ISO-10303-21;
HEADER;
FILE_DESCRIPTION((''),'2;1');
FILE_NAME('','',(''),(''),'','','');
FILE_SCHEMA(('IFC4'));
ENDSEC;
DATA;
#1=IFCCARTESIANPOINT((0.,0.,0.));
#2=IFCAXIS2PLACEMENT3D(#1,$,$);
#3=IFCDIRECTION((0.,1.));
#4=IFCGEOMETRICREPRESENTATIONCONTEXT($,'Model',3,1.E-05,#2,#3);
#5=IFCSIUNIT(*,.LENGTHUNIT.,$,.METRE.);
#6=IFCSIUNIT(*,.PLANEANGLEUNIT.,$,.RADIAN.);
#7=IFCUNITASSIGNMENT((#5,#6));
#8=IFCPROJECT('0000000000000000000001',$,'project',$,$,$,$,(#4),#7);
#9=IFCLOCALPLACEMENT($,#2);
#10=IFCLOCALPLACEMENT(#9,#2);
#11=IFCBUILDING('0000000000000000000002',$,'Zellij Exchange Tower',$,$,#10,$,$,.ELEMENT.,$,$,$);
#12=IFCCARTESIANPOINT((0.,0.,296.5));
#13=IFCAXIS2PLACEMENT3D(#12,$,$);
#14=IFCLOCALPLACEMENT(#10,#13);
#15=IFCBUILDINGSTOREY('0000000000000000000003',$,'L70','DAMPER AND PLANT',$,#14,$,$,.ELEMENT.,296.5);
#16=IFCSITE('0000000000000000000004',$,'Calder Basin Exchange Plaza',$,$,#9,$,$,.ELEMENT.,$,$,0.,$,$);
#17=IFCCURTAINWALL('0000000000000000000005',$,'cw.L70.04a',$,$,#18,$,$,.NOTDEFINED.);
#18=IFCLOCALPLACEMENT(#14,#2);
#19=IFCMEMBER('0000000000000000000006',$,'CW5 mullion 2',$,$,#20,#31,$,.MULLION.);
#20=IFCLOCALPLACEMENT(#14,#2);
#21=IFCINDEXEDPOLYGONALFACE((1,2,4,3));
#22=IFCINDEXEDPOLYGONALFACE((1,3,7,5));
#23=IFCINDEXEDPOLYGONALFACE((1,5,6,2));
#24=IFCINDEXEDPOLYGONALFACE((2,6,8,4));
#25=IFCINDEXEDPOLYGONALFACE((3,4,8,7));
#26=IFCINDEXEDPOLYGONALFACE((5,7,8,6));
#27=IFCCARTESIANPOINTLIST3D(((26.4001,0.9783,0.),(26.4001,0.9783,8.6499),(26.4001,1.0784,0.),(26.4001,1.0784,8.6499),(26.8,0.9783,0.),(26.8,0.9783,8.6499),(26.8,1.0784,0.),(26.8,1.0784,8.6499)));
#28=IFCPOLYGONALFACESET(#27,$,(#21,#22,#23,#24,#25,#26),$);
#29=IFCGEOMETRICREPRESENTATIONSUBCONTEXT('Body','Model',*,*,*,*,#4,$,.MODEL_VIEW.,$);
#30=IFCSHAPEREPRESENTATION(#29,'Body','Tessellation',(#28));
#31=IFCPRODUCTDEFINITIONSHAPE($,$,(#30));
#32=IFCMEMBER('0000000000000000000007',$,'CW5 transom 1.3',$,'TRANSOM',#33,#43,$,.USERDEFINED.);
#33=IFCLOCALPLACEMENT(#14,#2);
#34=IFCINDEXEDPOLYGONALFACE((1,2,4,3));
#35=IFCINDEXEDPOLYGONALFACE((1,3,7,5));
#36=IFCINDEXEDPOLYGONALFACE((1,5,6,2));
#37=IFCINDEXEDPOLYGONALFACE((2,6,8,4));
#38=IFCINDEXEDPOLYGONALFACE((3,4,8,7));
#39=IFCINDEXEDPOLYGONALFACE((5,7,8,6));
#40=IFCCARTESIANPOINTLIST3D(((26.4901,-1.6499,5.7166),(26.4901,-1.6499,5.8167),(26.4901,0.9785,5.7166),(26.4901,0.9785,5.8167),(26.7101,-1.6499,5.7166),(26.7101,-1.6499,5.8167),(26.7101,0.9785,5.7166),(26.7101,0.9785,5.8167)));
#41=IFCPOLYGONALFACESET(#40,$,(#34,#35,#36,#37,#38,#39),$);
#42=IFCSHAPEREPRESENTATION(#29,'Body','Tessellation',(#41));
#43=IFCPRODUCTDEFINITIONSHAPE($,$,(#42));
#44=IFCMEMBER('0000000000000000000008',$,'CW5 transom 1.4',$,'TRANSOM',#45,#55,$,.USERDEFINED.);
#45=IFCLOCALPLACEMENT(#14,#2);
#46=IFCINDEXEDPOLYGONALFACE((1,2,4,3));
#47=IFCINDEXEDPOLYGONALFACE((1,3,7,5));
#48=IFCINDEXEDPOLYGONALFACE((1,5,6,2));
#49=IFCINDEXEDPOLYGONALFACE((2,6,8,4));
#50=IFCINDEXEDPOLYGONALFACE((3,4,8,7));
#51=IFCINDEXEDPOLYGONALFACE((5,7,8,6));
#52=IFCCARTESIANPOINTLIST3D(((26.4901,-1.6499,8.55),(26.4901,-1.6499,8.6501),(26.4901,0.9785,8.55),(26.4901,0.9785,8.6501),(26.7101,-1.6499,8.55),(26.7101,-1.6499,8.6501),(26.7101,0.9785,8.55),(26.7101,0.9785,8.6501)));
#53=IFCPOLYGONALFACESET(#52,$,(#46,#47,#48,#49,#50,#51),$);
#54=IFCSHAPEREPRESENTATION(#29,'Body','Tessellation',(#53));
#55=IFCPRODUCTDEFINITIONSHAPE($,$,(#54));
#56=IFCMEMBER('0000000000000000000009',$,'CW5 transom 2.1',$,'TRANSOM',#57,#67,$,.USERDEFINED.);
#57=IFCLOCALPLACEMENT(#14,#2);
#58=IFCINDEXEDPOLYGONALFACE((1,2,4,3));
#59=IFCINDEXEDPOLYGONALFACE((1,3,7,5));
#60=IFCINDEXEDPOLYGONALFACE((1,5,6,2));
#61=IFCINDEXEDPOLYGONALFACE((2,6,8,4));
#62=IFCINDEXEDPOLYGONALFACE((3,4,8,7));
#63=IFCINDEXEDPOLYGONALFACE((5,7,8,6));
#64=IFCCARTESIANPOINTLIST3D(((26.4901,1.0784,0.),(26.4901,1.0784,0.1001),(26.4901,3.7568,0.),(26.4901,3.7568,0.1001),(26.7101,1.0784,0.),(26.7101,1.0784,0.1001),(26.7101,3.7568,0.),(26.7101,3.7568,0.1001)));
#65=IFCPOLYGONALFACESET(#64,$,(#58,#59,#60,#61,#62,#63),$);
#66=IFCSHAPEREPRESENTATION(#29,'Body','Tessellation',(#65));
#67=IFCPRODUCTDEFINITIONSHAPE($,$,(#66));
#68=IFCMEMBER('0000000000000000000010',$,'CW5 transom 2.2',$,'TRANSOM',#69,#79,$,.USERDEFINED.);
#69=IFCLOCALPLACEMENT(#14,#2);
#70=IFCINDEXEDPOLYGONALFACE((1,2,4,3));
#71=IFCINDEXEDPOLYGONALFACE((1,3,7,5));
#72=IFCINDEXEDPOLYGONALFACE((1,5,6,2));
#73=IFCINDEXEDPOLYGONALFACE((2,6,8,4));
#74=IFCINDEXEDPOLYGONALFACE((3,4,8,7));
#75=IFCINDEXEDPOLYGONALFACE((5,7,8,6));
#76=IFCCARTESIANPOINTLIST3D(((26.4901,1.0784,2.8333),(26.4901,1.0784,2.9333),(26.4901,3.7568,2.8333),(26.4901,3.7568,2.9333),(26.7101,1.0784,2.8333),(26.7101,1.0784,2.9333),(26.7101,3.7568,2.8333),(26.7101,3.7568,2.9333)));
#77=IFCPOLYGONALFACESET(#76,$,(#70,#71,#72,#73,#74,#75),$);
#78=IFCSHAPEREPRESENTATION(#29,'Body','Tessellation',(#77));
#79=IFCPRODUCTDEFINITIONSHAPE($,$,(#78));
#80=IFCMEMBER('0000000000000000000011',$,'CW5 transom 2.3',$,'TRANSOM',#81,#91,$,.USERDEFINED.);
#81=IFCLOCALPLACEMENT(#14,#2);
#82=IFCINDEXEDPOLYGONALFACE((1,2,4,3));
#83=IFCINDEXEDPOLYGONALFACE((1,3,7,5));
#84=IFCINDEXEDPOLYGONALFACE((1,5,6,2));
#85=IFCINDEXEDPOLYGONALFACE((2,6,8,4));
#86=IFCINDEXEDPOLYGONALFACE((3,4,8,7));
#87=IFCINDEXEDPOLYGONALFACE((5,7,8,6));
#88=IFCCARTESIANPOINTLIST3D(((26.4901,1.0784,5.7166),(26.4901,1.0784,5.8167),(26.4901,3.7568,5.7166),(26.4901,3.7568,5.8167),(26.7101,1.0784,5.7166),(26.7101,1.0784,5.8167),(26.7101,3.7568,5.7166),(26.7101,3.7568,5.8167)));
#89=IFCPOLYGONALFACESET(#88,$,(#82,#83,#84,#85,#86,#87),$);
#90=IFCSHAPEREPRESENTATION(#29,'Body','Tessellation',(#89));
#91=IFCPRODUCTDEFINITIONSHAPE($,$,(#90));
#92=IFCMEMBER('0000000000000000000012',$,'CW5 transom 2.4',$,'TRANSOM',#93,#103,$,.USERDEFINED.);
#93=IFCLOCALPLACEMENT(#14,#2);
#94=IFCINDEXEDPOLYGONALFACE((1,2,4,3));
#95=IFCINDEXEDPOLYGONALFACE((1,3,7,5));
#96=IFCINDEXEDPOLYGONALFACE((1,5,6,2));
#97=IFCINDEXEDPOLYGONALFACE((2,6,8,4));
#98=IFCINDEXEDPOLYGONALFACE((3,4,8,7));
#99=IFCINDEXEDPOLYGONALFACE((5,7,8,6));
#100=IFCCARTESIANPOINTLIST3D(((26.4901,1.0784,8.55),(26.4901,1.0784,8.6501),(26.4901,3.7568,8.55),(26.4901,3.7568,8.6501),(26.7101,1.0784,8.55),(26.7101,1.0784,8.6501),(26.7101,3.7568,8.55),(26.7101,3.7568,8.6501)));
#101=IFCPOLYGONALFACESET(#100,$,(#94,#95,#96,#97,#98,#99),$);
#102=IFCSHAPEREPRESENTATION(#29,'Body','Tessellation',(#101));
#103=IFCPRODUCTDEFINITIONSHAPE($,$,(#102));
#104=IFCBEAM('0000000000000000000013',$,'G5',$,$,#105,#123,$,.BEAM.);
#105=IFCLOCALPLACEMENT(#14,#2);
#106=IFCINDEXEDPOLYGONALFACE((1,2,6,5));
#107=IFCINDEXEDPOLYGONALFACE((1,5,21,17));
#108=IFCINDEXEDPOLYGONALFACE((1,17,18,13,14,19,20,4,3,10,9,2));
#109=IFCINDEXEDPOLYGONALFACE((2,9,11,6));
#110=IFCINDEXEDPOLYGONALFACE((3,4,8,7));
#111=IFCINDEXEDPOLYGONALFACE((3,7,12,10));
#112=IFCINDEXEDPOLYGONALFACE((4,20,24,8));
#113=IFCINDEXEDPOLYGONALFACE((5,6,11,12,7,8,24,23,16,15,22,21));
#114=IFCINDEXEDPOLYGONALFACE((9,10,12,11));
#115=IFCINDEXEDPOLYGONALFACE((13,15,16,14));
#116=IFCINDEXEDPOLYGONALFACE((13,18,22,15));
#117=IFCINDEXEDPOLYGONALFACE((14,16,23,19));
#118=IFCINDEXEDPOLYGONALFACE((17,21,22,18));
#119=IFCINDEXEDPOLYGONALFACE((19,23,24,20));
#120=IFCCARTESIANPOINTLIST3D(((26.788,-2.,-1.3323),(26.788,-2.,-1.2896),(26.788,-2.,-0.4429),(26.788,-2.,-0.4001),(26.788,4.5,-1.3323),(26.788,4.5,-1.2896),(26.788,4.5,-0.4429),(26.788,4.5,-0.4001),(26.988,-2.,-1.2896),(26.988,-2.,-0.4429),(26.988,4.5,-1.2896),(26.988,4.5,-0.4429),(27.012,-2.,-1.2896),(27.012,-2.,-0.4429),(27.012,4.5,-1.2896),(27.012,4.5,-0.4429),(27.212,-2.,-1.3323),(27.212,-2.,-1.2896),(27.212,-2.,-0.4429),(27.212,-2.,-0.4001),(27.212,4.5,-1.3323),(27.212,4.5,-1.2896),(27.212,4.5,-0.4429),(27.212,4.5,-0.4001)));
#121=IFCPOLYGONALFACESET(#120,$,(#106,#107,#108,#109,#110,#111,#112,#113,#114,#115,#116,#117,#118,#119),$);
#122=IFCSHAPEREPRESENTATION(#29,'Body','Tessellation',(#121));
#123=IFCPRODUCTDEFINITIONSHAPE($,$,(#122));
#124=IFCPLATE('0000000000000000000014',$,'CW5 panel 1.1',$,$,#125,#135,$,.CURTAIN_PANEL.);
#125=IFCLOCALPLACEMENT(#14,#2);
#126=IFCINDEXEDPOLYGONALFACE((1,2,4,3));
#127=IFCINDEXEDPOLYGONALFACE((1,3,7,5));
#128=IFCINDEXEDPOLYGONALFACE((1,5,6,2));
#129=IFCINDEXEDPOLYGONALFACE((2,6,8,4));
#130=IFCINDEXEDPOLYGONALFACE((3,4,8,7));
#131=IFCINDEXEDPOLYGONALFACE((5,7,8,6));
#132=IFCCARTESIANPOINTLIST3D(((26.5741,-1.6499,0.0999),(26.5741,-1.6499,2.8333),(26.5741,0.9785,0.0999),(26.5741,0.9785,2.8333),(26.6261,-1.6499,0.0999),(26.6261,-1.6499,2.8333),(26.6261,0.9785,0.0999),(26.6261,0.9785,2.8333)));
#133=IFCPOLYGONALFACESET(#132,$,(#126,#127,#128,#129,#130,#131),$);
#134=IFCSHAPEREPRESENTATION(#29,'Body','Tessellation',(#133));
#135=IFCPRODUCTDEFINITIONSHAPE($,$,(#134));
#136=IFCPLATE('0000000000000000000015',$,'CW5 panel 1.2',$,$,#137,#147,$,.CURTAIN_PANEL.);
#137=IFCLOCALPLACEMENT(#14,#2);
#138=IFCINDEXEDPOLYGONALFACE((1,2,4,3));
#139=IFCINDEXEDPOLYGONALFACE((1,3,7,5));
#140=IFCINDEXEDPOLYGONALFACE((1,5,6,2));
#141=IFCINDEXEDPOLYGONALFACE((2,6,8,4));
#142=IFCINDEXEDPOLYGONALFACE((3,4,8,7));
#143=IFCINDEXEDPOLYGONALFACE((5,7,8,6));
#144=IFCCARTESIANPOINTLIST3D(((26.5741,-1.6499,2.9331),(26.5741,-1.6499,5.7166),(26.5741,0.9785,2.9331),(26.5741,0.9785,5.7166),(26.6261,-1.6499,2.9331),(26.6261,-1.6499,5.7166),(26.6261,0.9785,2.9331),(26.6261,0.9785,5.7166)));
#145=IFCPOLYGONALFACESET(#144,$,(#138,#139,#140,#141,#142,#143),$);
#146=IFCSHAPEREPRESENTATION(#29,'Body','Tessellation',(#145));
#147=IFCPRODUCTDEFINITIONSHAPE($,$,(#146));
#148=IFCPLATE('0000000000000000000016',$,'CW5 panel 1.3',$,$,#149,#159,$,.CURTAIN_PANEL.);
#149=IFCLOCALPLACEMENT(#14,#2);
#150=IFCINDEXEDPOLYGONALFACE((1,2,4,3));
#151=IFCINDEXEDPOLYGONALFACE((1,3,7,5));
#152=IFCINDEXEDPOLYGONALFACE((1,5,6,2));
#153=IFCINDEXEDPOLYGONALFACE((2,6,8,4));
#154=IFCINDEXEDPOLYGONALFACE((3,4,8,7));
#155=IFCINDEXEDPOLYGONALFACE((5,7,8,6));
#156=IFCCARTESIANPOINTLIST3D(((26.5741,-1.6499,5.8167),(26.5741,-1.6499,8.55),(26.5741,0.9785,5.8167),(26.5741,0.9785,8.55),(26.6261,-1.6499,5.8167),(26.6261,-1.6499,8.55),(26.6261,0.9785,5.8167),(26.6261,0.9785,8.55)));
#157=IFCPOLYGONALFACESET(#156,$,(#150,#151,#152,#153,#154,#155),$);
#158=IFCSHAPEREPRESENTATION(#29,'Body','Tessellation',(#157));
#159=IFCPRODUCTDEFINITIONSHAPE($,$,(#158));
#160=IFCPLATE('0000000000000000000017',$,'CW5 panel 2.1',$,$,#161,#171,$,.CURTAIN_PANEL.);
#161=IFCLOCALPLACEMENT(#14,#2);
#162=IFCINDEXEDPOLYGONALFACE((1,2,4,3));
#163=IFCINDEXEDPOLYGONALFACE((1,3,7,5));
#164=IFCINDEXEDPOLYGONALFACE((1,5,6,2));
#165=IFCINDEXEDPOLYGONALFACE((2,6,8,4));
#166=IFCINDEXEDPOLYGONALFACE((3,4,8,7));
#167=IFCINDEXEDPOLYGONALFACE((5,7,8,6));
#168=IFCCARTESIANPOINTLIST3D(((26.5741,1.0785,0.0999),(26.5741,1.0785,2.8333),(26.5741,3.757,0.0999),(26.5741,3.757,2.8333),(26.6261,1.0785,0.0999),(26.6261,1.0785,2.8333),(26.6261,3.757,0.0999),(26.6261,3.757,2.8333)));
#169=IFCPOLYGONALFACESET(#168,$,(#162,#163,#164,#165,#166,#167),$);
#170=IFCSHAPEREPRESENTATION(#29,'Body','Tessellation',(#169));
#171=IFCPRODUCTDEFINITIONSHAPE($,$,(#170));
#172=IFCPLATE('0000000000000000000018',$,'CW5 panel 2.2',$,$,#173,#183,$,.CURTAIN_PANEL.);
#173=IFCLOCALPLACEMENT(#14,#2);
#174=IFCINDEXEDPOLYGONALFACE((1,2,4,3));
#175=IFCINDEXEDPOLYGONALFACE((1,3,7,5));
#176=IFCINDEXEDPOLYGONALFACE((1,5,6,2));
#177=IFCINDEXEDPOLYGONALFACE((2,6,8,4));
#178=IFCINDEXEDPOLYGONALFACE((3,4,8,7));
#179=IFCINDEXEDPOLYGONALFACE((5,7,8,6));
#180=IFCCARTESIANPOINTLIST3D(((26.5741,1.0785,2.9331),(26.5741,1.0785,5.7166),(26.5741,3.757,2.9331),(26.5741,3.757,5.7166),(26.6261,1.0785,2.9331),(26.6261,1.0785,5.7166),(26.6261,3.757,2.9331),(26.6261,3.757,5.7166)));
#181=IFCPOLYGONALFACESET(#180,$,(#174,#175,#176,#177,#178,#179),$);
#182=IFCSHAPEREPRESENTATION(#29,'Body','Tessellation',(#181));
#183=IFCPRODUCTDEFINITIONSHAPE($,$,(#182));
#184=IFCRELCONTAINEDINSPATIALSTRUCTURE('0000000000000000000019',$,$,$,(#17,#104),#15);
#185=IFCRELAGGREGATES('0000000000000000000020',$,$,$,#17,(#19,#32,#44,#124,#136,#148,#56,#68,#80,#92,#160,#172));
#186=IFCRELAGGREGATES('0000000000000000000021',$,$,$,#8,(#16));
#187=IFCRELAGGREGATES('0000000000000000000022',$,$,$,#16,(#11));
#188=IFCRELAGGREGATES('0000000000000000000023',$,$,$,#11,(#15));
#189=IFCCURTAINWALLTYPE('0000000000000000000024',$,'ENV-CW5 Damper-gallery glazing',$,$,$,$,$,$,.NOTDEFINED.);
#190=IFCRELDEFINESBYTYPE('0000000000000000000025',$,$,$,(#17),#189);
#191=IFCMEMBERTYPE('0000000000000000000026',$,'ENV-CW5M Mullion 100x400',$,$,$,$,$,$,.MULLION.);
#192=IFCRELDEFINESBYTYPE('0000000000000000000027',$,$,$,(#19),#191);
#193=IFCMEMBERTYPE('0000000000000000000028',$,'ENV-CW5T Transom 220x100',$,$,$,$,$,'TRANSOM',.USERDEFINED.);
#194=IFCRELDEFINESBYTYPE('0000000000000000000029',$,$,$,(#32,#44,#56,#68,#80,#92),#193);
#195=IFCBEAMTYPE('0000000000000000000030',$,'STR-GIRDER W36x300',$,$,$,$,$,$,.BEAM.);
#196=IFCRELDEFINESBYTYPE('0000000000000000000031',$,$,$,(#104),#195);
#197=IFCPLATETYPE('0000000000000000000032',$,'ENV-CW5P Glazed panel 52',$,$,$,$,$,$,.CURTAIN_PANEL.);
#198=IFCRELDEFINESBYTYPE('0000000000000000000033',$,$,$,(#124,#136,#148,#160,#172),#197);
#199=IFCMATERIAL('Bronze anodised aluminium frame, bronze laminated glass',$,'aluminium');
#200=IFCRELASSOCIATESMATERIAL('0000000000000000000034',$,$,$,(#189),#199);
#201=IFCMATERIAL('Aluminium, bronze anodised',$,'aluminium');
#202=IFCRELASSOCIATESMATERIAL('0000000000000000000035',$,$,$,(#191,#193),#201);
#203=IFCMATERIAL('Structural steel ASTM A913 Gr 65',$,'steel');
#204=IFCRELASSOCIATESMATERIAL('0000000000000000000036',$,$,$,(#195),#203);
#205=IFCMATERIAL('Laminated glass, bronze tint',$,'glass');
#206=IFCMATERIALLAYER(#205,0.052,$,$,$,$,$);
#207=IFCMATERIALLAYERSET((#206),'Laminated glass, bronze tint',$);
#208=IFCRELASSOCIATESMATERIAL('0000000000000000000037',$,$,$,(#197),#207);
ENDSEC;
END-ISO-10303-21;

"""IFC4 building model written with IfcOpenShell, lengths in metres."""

from ifc_helpers import new_model, si_unit, direction, frame, origin, origin_2d, place, context, subcontext, project, spatial, rectangle, i_section, extrude, material, layer, layer_set, material_profile, profile_set, type_object, element, aggregate, save


model = new_model("IFC4")

# Units and contexts
model_context = context("Model", 3, precision=1e-05, world=origin(), true_north=direction((0.0, 1.0)))
body_context = subcontext(model_context, "Body", "Model", "MODEL_VIEW")
ifc_project = project(units=[si_unit("LENGTHUNIT", "METRE"), si_unit("PLANEANGLEUNIT", "RADIAN")], contexts=[model_context])

# Site, building, storey
site_placement = place(None, origin())
site = spatial("IfcSite", under=ifc_project, at=site_placement, Name="Calder Basin Exchange Plaza", CompositionType="ELEMENT", RefElevation=0.0)
building_placement = place(site_placement, origin())
building = spatial("IfcBuilding", under=site, at=building_placement, Name="Zellij Exchange Tower", CompositionType="ELEMENT")
storey_placement = place(building_placement, frame((0.0, 0.0, 296.5)))
storey = spatial("IfcBuildingStorey", under=building, at=storey_placement, Name="L70", Description="DAMPER AND PLANT", CompositionType="ELEMENT", Elevation=296.5)

# Curtain wall, members
ifc_material_1 = material(Name="Bronze anodised aluminium frame, bronze laminated glass", Category="aluminium")
curtain_wall_type = type_object("IfcCurtainWallType", Name="ENV-CW5 Damper-gallery glazing", PredefinedType="NOTDEFINED", material=ifc_material_1)
curtain_wall_placement = place(storey_placement, origin())
curtain_wall = element("IfcCurtainWall", 1, at=curtain_wall_placement, inside=storey, type_object=curtain_wall_type, Name="cw.L70.04a", PredefinedType="NOTDEFINED")
ifc_material_2 = material(Name="Aluminium, bronze anodised", Category="aluminium")
ifc_material_profile_1 = material_profile(ifc_material_2, rectangle(XDim=0.1001, YDim=0.3999, at=origin_2d()), Name="AL 100x400")
ifc_profile_set_1 = profile_set([ifc_material_profile_1], Name="Aluminium, bronze anodised")
member_type_1 = type_object("IfcMemberType", Name="ENV-CW5M Mullion 100x400", PredefinedType="MULLION", material=ifc_profile_set_1)
member_1_placement = place(storey_placement, frame((26.6001, 1.0283, 0.0), z_axis=(0.0, 0.0, 1.0), x_axis=(0.0, 1.0, 0.0)))
member_1 = element("IfcMember", 2, at=member_1_placement, type_object=member_type_1, Name="CW5 mullion 2", PredefinedType="MULLION", context=body_context, shape_type="SweptSolid", body=[
    extrude(rectangle(XDim=0.1001, YDim=0.3999, at=origin_2d()), origin(), (0.0, 0.0, 1.0), 8.6499),
])
ifc_material_profile_2 = material_profile(ifc_material_2, rectangle(XDim=0.22, YDim=0.1001, at=origin_2d()), Name="AL 220x100")
ifc_profile_set_2 = profile_set([ifc_material_profile_2], Name="Aluminium, bronze anodised")
member_type_2 = type_object("IfcMemberType", Name="ENV-CW5T Transom 220x100", ElementType="TRANSOM", PredefinedType="USERDEFINED", material=ifc_profile_set_2)
member_2_placement = place(storey_placement, frame((26.6001, -1.6499, 5.7666), z_axis=(0.0, 1.0, 0.0), x_axis=(-1.0, 0.0, 0.0)))
member_2 = element("IfcMember", 3, at=member_2_placement, type_object=member_type_2, Name="CW5 transom 1.3", ObjectType="TRANSOM", PredefinedType="USERDEFINED", context=body_context, shape_type="SweptSolid", body=[
    extrude(rectangle(XDim=0.22, YDim=0.1001, at=origin_2d()), origin(), (0.0, 0.0, 1.0), 2.6284),
])
member_3_placement = place(storey_placement, frame((26.6001, -1.6499, 8.6001), z_axis=(0.0, 1.0, 0.0), x_axis=(-1.0, 0.0, 0.0)))
member_3 = element("IfcMember", 4, at=member_3_placement, type_object=member_type_2, Name="CW5 transom 1.4", ObjectType="TRANSOM", PredefinedType="USERDEFINED", context=body_context, shape_type="SweptSolid", body=[
    extrude(rectangle(XDim=0.22, YDim=0.1001, at=origin_2d()), origin(), (0.0, 0.0, 1.0), 2.6284),
])
member_4_placement = place(storey_placement, frame((26.6001, 1.0784, 0.05), z_axis=(0.0, 1.0, 0.0), x_axis=(-1.0, 0.0, 0.0)))
member_4 = element("IfcMember", 5, at=member_4_placement, type_object=member_type_2, Name="CW5 transom 2.1", ObjectType="TRANSOM", PredefinedType="USERDEFINED", context=body_context, shape_type="SweptSolid", body=[
    extrude(rectangle(XDim=0.22, YDim=0.1001, at=origin_2d()), origin(), (0.0, 0.0, 1.0), 2.6785),
])
member_5_placement = place(storey_placement, frame((26.6001, 1.0784, 2.8833), z_axis=(0.0, 1.0, 0.0), x_axis=(-1.0, 0.0, 0.0)))
member_5 = element("IfcMember", 6, at=member_5_placement, type_object=member_type_2, Name="CW5 transom 2.2", ObjectType="TRANSOM", PredefinedType="USERDEFINED", context=body_context, shape_type="SweptSolid", body=[
    extrude(rectangle(XDim=0.22, YDim=0.1001, at=origin_2d()), origin(), (0.0, 0.0, 1.0), 2.6785),
])
member_6_placement = place(storey_placement, frame((26.6001, 1.0784, 5.7666), z_axis=(0.0, 1.0, 0.0), x_axis=(-1.0, 0.0, 0.0)))
member_6 = element("IfcMember", 7, at=member_6_placement, type_object=member_type_2, Name="CW5 transom 2.3", ObjectType="TRANSOM", PredefinedType="USERDEFINED", context=body_context, shape_type="SweptSolid", body=[
    extrude(rectangle(XDim=0.22, YDim=0.1001, at=origin_2d()), origin(), (0.0, 0.0, 1.0), 2.6785),
])
member_7_placement = place(storey_placement, frame((26.6001, 1.0784, 8.6001), z_axis=(0.0, 1.0, 0.0), x_axis=(-1.0, 0.0, 0.0)))
member_7 = element("IfcMember", 8, at=member_7_placement, type_object=member_type_2, Name="CW5 transom 2.4", ObjectType="TRANSOM", PredefinedType="USERDEFINED", context=body_context, shape_type="SweptSolid", body=[
    extrude(rectangle(XDim=0.22, YDim=0.1001, at=origin_2d()), origin(), (0.0, 0.0, 1.0), 2.6785),
])

# Beam
ifc_material_3 = material(Name="Structural steel ASTM A913 Gr 65", Category="steel")
ifc_material_profile_3 = material_profile(ifc_material_3, i_section(OverallWidth=0.4241, OverallDepth=0.9321, WebThickness=0.0239, FlangeThickness=0.0427, at=origin_2d()), Name="W36x300")
ifc_profile_set_3 = profile_set([ifc_material_profile_3], Name="Structural steel ASTM A913 Gr 65")
beam_type = type_object("IfcBeamType", Name="STR-GIRDER W36x300", PredefinedType="BEAM", material=ifc_profile_set_3)
beam_placement = place(storey_placement, frame((27.0, -2.0, -0.8662), z_axis=(0.0, 1.0, 0.0), x_axis=(-1.0, 0.0, 0.0)))
element("IfcBeam", 9, at=beam_placement, inside=storey, type_object=beam_type, Name="G5", PredefinedType="BEAM", context=body_context, shape_type="SweptSolid", body=[
    extrude(i_section(OverallWidth=0.4241, OverallDepth=0.9321, WebThickness=0.0239, FlangeThickness=0.0427, at=origin_2d()), origin(), (0.0, 0.0, 1.0), 6.5),
])

# Plates
ifc_material_4 = material(Name="Laminated glass, bronze tint", Category="glass")
ifc_layer_1 = layer(ifc_material_4, 0.052)
ifc_layer_set_1 = layer_set([ifc_layer_1], Name="Laminated glass, bronze tint")
plate_type = type_object("IfcPlateType", Name="ENV-CW5P Glazed panel 52", PredefinedType="CURTAIN_PANEL", material=ifc_layer_set_1)
plate_1_placement = place(storey_placement, frame((26.6001, -0.3357, 0.0999), z_axis=(0.0, 0.0, 1.0), x_axis=(0.0, 1.0, 0.0)))
plate_1 = element("IfcPlate", 10, at=plate_1_placement, type_object=plate_type, Name="CW5 panel 1.1", PredefinedType="CURTAIN_PANEL", context=body_context, shape_type="SweptSolid", body=[
    extrude(rectangle(XDim=2.6284, YDim=0.052, at=origin_2d()), origin(), (0.0, 0.0, 1.0), 2.7334),
])
plate_2_placement = place(storey_placement, frame((26.6001, -0.3357, 2.9331), z_axis=(0.0, 0.0, 1.0), x_axis=(0.0, 1.0, 0.0)))
plate_2 = element("IfcPlate", 11, at=plate_2_placement, type_object=plate_type, Name="CW5 panel 1.2", PredefinedType="CURTAIN_PANEL", context=body_context, shape_type="SweptSolid", body=[
    extrude(rectangle(XDim=2.6284, YDim=0.052, at=origin_2d()), origin(), (0.0, 0.0, 1.0), 2.7834),
])
plate_3_placement = place(storey_placement, frame((26.6001, -0.3357, 5.8167), z_axis=(0.0, 0.0, 1.0), x_axis=(0.0, 1.0, 0.0)))
plate_3 = element("IfcPlate", 12, at=plate_3_placement, type_object=plate_type, Name="CW5 panel 1.3", PredefinedType="CURTAIN_PANEL", context=body_context, shape_type="SweptSolid", body=[
    extrude(rectangle(XDim=2.6284, YDim=0.052, at=origin_2d()), origin(), (0.0, 0.0, 1.0), 2.7334),
])
plate_4_placement = place(storey_placement, frame((26.6001, 2.4177, 0.0999), z_axis=(0.0, 0.0, 1.0), x_axis=(0.0, 1.0, 0.0)))
plate_4 = element("IfcPlate", 13, at=plate_4_placement, type_object=plate_type, Name="CW5 panel 2.1", PredefinedType="CURTAIN_PANEL", context=body_context, shape_type="SweptSolid", body=[
    extrude(rectangle(XDim=2.6785, YDim=0.052, at=origin_2d()), origin(), (0.0, 0.0, 1.0), 2.7334),
])
plate_5_placement = place(storey_placement, frame((26.6001, 2.4177, 2.9331), z_axis=(0.0, 0.0, 1.0), x_axis=(0.0, 1.0, 0.0)))
plate_5 = element("IfcPlate", 14, at=plate_5_placement, type_object=plate_type, Name="CW5 panel 2.2", PredefinedType="CURTAIN_PANEL", context=body_context, shape_type="SweptSolid", body=[
    extrude(rectangle(XDim=2.6785, YDim=0.052, at=origin_2d()), origin(), (0.0, 0.0, 1.0), 2.7834),
])
aggregate(curtain_wall, [member_1, member_2, member_3, plate_1, plate_2, plate_3, member_4, member_5, member_6, member_7, plate_4, plate_5])

save(model, "model.ifc")
